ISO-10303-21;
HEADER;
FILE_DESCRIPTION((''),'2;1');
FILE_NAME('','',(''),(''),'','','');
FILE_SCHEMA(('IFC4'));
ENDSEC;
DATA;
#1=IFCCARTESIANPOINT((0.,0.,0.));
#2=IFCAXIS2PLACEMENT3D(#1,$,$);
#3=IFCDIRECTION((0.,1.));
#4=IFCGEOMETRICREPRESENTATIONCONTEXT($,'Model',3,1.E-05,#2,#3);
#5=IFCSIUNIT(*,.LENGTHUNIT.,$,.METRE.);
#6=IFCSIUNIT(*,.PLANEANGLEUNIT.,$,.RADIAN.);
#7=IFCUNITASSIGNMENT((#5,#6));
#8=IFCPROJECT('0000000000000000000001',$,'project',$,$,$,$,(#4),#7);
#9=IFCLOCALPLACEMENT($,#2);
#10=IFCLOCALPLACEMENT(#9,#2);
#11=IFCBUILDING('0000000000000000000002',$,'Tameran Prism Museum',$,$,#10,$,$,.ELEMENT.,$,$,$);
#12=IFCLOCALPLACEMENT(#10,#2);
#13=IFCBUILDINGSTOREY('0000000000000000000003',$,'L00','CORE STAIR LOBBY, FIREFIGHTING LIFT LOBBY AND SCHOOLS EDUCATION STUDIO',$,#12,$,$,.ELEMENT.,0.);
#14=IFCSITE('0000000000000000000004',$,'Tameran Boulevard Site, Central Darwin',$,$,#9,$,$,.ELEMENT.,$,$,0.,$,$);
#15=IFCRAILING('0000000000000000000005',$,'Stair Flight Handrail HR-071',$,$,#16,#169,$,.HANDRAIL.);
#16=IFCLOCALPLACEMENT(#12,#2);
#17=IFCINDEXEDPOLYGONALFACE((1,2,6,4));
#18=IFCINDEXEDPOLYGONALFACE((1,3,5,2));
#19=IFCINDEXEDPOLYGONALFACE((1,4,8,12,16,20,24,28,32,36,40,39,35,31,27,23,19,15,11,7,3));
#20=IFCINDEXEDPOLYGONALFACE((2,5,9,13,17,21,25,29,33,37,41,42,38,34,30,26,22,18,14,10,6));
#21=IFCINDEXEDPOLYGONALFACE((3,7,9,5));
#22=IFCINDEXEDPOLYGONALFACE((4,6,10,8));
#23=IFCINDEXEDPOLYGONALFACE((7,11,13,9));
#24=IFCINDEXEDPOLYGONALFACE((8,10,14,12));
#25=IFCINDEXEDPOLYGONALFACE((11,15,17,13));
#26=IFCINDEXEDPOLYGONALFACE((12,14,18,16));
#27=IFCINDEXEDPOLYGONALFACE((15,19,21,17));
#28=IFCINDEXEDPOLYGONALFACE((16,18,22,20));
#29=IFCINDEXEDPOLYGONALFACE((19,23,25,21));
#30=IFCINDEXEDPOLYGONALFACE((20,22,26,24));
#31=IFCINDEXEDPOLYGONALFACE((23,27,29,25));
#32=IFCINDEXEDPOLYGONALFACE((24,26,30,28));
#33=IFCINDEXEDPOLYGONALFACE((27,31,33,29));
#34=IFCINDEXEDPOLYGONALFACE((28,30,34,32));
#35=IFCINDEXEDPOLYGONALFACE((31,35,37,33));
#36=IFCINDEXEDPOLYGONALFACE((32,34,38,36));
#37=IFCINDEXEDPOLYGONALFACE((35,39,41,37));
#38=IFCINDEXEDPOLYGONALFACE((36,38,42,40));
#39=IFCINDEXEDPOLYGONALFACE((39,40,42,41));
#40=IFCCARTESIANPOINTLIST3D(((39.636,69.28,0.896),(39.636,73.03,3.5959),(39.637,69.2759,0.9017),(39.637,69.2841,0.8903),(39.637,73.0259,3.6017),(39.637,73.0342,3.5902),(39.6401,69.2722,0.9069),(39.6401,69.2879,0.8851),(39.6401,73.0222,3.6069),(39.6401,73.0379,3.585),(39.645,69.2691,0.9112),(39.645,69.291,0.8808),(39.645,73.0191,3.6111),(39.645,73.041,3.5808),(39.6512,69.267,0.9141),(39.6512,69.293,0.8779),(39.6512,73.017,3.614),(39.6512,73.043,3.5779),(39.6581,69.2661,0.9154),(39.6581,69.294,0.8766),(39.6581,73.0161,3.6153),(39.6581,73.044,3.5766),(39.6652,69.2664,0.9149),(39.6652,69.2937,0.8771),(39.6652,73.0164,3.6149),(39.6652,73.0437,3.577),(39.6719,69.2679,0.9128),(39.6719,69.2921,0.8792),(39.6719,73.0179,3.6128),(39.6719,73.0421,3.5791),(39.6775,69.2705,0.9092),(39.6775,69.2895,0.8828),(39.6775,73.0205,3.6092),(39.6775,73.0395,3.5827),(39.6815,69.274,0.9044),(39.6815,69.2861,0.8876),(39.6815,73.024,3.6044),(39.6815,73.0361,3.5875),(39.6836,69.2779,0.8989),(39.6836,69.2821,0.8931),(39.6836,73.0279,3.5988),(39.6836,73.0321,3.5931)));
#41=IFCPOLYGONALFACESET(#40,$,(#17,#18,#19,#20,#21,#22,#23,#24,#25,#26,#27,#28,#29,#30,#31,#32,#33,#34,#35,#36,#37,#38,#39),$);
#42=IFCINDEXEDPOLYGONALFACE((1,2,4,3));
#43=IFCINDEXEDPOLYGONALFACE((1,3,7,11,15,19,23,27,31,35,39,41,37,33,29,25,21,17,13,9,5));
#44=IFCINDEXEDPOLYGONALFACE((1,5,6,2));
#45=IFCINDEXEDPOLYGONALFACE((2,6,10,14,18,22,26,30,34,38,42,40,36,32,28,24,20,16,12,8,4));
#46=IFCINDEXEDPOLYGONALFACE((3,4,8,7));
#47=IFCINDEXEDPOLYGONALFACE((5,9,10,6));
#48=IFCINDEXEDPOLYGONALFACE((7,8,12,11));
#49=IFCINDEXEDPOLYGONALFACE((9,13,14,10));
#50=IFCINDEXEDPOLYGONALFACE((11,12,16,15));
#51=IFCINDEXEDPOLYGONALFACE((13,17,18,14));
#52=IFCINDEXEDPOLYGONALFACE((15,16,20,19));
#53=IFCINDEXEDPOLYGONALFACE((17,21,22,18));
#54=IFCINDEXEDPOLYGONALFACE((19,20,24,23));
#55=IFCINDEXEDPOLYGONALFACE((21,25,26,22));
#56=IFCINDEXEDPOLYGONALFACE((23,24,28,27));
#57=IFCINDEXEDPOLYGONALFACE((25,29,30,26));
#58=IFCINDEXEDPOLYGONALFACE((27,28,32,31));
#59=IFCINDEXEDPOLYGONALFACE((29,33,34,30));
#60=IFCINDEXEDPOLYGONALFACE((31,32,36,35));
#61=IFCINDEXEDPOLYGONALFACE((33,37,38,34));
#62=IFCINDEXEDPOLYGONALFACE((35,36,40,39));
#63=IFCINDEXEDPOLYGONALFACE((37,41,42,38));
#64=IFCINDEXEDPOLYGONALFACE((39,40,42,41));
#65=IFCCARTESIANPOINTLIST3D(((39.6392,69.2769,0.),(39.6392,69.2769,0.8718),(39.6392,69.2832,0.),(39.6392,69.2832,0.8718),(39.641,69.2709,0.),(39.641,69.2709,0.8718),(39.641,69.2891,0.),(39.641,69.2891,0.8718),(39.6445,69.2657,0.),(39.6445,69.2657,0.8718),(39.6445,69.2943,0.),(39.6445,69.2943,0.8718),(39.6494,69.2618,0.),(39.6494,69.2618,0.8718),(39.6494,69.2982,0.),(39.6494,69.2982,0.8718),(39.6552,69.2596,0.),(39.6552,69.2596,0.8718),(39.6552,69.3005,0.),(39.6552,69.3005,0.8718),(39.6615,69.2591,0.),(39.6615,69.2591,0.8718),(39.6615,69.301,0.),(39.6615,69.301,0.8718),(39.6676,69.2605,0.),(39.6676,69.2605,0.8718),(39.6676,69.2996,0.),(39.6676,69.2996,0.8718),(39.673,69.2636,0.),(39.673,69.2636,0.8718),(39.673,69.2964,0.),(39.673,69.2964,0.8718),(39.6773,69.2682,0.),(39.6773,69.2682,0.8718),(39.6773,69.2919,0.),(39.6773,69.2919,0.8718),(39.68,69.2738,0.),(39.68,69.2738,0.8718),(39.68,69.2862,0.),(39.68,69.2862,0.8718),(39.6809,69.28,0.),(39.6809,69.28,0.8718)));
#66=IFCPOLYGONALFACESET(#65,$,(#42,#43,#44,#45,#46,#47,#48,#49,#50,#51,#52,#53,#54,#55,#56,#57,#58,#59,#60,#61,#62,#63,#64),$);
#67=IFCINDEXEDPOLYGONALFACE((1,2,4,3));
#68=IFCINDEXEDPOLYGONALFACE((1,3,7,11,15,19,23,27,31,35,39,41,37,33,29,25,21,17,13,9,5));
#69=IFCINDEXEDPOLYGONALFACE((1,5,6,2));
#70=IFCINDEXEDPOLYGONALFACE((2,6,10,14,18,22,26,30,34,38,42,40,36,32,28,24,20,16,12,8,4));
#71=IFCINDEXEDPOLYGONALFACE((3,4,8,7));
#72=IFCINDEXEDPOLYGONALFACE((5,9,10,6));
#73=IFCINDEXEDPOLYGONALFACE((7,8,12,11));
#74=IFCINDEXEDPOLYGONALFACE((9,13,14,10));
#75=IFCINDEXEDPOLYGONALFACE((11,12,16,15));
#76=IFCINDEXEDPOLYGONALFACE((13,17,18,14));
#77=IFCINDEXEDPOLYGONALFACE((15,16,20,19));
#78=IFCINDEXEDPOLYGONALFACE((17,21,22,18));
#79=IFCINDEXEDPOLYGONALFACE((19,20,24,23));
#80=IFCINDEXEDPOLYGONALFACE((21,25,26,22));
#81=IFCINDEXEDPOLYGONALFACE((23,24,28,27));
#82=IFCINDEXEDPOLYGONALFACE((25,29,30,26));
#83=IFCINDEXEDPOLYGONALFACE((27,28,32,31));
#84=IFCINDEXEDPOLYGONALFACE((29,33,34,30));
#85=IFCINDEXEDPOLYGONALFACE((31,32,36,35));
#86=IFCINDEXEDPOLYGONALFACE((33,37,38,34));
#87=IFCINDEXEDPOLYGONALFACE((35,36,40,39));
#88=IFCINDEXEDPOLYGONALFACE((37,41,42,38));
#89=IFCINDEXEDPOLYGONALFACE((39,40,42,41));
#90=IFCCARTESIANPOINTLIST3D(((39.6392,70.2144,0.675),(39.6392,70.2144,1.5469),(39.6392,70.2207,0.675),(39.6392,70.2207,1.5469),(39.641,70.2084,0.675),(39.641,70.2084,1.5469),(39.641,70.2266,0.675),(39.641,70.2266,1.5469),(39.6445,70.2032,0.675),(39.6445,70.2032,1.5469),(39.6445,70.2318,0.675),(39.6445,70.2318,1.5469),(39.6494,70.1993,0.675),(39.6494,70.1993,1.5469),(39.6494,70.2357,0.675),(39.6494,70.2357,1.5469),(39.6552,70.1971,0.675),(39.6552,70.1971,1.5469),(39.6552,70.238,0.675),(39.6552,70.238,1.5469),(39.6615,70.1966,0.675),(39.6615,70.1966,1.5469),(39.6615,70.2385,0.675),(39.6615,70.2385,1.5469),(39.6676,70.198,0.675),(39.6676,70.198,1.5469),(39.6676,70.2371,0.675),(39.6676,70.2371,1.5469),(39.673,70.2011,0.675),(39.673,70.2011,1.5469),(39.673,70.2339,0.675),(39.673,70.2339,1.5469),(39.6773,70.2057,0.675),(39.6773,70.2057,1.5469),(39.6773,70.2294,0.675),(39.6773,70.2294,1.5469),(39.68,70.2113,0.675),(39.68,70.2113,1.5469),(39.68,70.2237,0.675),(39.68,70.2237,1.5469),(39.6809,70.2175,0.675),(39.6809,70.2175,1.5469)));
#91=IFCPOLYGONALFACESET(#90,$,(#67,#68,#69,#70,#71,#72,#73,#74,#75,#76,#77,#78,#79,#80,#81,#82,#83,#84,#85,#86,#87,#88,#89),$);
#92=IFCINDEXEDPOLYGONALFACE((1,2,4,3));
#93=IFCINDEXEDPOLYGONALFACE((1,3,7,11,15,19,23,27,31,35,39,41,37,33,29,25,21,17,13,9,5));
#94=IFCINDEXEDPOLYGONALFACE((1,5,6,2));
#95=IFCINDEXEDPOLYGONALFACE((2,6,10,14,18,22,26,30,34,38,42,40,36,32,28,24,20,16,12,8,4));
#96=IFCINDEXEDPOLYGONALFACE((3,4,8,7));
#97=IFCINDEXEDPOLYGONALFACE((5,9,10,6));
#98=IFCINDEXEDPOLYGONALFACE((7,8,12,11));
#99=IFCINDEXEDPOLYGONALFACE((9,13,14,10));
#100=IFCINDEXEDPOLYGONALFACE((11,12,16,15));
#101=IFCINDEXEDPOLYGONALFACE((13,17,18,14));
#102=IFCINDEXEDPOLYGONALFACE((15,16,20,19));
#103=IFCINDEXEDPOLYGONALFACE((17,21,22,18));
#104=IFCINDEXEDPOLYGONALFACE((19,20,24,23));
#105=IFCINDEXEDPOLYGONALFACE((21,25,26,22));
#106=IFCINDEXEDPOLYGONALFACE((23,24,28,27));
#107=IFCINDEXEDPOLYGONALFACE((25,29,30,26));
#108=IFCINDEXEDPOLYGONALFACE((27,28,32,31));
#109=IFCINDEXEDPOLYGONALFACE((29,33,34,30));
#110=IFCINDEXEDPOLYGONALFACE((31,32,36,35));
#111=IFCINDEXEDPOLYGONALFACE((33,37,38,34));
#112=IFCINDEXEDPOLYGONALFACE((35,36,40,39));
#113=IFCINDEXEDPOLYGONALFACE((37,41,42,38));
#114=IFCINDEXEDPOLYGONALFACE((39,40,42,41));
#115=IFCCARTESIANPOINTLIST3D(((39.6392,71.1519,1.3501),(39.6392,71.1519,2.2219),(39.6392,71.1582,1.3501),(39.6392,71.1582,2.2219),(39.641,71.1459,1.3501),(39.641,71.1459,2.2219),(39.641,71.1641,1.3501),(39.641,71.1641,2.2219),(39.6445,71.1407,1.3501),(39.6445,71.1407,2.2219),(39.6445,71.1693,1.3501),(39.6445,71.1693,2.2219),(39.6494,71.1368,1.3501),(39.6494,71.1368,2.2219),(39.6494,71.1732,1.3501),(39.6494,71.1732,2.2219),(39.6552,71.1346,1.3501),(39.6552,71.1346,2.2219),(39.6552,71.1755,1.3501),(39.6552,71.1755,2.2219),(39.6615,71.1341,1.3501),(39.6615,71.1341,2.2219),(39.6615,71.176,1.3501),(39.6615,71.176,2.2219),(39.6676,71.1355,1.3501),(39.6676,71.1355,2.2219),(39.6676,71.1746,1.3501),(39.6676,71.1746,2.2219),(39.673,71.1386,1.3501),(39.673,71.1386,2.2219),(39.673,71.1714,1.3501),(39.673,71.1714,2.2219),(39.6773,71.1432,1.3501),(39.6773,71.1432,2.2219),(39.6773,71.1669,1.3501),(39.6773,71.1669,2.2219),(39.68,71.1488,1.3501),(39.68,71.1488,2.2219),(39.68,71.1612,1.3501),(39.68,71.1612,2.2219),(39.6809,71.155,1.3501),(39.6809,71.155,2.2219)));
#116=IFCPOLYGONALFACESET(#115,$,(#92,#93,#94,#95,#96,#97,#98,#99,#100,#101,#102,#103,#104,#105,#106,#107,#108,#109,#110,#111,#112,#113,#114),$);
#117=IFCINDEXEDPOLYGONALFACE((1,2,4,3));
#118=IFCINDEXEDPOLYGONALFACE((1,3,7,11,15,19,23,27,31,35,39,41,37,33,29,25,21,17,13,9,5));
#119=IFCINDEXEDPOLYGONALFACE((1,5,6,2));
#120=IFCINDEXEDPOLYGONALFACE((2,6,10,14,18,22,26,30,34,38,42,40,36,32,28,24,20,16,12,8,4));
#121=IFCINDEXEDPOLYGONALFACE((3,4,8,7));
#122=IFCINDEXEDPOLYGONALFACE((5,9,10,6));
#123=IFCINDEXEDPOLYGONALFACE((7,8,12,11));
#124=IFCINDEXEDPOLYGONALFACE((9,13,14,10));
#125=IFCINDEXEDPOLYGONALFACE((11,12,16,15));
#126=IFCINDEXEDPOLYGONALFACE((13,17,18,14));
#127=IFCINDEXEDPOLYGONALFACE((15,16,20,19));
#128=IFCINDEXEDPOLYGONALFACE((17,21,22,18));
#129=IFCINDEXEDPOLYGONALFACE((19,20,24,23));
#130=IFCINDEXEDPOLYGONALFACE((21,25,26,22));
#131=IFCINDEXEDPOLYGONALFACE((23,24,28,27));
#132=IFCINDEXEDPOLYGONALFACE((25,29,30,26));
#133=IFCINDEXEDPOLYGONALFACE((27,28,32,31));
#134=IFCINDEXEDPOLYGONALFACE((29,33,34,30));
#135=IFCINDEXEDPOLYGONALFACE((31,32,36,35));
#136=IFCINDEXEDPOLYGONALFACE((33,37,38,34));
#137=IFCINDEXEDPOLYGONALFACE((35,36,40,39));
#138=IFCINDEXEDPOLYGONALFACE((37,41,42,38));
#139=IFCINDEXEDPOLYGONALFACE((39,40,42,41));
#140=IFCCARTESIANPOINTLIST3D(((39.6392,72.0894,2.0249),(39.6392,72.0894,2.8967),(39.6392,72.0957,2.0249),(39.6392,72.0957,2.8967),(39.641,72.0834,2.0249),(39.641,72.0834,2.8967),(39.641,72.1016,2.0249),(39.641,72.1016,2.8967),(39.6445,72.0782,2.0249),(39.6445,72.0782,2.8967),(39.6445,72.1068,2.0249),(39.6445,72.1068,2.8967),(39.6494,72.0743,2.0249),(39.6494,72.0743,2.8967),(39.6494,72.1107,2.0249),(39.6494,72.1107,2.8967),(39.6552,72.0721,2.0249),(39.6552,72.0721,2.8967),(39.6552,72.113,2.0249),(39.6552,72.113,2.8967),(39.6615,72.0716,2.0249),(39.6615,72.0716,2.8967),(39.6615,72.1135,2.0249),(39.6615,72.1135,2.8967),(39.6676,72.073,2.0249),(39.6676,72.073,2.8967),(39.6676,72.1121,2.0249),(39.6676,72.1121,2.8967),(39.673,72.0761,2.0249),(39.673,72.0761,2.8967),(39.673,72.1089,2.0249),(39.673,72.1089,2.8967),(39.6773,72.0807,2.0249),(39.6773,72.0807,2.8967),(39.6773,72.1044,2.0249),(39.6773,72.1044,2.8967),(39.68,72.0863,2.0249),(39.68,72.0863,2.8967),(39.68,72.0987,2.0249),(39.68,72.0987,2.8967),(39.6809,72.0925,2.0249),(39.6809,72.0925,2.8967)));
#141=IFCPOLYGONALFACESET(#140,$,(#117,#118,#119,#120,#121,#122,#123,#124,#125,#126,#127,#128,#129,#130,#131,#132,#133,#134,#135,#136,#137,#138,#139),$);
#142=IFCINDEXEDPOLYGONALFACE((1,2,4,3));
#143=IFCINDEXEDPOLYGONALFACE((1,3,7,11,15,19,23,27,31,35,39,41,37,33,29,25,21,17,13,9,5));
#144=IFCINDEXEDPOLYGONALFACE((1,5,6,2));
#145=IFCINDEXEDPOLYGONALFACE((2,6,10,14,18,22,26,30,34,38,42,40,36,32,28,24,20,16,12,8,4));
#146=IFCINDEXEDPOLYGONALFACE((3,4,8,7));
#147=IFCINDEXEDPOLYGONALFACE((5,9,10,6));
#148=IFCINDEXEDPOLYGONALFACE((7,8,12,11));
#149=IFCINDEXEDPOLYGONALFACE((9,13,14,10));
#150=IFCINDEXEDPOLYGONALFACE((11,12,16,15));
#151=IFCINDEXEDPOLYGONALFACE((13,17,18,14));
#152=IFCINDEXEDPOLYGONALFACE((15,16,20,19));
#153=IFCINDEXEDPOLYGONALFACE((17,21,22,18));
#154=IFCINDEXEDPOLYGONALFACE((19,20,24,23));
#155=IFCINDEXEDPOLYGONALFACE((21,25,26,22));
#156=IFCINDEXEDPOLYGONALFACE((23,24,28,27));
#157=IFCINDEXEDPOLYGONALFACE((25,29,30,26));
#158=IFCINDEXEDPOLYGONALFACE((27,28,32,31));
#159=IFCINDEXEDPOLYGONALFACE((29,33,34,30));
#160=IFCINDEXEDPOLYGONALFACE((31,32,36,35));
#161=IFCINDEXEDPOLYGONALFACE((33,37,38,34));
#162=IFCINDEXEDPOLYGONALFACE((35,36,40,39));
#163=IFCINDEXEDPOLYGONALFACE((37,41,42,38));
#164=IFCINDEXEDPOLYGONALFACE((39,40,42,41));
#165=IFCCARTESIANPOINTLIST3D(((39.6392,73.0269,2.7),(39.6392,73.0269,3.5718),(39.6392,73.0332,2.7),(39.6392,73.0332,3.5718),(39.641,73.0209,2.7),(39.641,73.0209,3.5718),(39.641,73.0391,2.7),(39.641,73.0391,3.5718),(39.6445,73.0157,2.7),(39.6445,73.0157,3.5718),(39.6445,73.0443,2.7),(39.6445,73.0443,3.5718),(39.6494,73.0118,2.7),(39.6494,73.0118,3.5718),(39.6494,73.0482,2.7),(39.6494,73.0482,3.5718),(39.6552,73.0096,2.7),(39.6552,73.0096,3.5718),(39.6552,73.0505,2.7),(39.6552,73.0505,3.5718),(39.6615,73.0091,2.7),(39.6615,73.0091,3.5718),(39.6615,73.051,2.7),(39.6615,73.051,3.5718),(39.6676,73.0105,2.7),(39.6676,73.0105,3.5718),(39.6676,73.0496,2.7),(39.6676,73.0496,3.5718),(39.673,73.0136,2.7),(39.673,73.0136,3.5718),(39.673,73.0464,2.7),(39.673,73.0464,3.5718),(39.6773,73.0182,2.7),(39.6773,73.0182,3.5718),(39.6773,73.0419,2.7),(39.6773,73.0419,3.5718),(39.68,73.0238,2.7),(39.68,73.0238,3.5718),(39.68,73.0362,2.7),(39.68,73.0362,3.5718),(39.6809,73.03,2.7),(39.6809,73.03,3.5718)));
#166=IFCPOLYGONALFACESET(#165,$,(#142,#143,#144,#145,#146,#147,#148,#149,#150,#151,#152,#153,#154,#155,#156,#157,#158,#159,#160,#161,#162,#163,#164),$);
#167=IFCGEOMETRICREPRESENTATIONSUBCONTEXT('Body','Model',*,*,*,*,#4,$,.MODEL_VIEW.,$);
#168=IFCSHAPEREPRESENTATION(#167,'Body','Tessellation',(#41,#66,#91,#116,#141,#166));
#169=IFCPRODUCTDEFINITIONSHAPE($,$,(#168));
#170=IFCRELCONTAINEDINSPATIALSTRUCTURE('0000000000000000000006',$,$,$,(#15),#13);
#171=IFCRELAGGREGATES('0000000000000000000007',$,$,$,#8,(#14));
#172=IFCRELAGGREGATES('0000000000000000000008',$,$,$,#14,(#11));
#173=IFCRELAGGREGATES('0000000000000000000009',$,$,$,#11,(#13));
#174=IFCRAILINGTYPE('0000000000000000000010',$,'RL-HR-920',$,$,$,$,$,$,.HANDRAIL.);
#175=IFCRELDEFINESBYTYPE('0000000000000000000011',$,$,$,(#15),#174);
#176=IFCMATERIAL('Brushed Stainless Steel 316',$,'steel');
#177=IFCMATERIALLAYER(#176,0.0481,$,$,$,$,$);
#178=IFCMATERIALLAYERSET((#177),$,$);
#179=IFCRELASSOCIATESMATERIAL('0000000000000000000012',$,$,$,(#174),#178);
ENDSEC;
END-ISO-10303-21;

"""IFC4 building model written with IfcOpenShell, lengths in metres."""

from ifc_helpers import new_model, si_unit, direction, frame, origin, origin_2d, place, context, subcontext, project, spatial, circle, extrude, material, layer, layer_set, type_object, element, save


model = new_model("IFC4")

# Units and contexts
model_context = context("Model", 3, precision=1e-05, world=origin(), true_north=direction((0.0, 1.0)))
body_context = subcontext(model_context, "Body", "Model", "MODEL_VIEW")
ifc_project = project(units=[si_unit("LENGTHUNIT", "METRE"), si_unit("PLANEANGLEUNIT", "RADIAN")], contexts=[model_context])

# Site, building, storey
site_placement = place(None, origin())
site = spatial("IfcSite", under=ifc_project, at=site_placement, Name="Tameran Boulevard Site, Central Darwin", CompositionType="ELEMENT", RefElevation=0.0)
building_placement = place(site_placement, origin())
building = spatial("IfcBuilding", under=site, at=building_placement, Name="Tameran Prism Museum", CompositionType="ELEMENT")
storey_placement = place(building_placement, origin())
storey = spatial("IfcBuildingStorey", under=building, at=storey_placement, Name="L00", Description="CORE STAIR LOBBY, FIREFIGHTING LIFT LOBBY AND SCHOOLS EDUCATION STUDIO", CompositionType="ELEMENT", Elevation=0.0)

# Railing
ifc_material_1 = material(Name="Brushed Stainless Steel 316", Category="steel")
ifc_layer_1 = layer(ifc_material_1, 0.0481)
ifc_layer_set_1 = layer_set([ifc_layer_1])
railing_type_1 = type_object("IfcRailingType", Name="RL-HR-920", PredefinedType="HANDRAIL", material=ifc_layer_set_1)
railing_1_placement = place(storey_placement, frame((39.6599, 69.28, 0.0)))
element("IfcRailing", 1, at=railing_1_placement, inside=storey, type_object=railing_type_1, Name="Stair Flight Handrail HR-071", PredefinedType="HANDRAIL", context=body_context, shape_type="SweptSolid", body=[
    extrude(circle(Radius=0.0239, at=origin_2d()), frame((0.0, 0.0, 0.896), z_axis=(0.0, 0.811539, 0.584298), x_axis=(-1.0, 0.0, 0.0)), (0.0, 0.0, 1.0), 4.6208),
    extrude(circle(Radius=0.021, at=origin_2d()), origin(), (0.0, 0.0, 1.0), 0.8718),
    extrude(circle(Radius=0.021, at=origin_2d()), frame((0.0, 0.9375, 0.675)), (0.0, 0.0, 1.0), 0.8718),
    extrude(circle(Radius=0.021, at=origin_2d()), frame((0.0, 1.875, 1.3501)), (0.0, 0.0, 1.0), 0.8718),
    extrude(circle(Radius=0.021, at=origin_2d()), frame((0.0, 2.8125, 2.0249)), (0.0, 0.0, 1.0), 0.8718),
    extrude(circle(Radius=0.021, at=origin_2d()), frame((0.0, 3.75, 2.7)), (0.0, 0.0, 1.0), 0.8718),
])

save(model, "model.ifc")
